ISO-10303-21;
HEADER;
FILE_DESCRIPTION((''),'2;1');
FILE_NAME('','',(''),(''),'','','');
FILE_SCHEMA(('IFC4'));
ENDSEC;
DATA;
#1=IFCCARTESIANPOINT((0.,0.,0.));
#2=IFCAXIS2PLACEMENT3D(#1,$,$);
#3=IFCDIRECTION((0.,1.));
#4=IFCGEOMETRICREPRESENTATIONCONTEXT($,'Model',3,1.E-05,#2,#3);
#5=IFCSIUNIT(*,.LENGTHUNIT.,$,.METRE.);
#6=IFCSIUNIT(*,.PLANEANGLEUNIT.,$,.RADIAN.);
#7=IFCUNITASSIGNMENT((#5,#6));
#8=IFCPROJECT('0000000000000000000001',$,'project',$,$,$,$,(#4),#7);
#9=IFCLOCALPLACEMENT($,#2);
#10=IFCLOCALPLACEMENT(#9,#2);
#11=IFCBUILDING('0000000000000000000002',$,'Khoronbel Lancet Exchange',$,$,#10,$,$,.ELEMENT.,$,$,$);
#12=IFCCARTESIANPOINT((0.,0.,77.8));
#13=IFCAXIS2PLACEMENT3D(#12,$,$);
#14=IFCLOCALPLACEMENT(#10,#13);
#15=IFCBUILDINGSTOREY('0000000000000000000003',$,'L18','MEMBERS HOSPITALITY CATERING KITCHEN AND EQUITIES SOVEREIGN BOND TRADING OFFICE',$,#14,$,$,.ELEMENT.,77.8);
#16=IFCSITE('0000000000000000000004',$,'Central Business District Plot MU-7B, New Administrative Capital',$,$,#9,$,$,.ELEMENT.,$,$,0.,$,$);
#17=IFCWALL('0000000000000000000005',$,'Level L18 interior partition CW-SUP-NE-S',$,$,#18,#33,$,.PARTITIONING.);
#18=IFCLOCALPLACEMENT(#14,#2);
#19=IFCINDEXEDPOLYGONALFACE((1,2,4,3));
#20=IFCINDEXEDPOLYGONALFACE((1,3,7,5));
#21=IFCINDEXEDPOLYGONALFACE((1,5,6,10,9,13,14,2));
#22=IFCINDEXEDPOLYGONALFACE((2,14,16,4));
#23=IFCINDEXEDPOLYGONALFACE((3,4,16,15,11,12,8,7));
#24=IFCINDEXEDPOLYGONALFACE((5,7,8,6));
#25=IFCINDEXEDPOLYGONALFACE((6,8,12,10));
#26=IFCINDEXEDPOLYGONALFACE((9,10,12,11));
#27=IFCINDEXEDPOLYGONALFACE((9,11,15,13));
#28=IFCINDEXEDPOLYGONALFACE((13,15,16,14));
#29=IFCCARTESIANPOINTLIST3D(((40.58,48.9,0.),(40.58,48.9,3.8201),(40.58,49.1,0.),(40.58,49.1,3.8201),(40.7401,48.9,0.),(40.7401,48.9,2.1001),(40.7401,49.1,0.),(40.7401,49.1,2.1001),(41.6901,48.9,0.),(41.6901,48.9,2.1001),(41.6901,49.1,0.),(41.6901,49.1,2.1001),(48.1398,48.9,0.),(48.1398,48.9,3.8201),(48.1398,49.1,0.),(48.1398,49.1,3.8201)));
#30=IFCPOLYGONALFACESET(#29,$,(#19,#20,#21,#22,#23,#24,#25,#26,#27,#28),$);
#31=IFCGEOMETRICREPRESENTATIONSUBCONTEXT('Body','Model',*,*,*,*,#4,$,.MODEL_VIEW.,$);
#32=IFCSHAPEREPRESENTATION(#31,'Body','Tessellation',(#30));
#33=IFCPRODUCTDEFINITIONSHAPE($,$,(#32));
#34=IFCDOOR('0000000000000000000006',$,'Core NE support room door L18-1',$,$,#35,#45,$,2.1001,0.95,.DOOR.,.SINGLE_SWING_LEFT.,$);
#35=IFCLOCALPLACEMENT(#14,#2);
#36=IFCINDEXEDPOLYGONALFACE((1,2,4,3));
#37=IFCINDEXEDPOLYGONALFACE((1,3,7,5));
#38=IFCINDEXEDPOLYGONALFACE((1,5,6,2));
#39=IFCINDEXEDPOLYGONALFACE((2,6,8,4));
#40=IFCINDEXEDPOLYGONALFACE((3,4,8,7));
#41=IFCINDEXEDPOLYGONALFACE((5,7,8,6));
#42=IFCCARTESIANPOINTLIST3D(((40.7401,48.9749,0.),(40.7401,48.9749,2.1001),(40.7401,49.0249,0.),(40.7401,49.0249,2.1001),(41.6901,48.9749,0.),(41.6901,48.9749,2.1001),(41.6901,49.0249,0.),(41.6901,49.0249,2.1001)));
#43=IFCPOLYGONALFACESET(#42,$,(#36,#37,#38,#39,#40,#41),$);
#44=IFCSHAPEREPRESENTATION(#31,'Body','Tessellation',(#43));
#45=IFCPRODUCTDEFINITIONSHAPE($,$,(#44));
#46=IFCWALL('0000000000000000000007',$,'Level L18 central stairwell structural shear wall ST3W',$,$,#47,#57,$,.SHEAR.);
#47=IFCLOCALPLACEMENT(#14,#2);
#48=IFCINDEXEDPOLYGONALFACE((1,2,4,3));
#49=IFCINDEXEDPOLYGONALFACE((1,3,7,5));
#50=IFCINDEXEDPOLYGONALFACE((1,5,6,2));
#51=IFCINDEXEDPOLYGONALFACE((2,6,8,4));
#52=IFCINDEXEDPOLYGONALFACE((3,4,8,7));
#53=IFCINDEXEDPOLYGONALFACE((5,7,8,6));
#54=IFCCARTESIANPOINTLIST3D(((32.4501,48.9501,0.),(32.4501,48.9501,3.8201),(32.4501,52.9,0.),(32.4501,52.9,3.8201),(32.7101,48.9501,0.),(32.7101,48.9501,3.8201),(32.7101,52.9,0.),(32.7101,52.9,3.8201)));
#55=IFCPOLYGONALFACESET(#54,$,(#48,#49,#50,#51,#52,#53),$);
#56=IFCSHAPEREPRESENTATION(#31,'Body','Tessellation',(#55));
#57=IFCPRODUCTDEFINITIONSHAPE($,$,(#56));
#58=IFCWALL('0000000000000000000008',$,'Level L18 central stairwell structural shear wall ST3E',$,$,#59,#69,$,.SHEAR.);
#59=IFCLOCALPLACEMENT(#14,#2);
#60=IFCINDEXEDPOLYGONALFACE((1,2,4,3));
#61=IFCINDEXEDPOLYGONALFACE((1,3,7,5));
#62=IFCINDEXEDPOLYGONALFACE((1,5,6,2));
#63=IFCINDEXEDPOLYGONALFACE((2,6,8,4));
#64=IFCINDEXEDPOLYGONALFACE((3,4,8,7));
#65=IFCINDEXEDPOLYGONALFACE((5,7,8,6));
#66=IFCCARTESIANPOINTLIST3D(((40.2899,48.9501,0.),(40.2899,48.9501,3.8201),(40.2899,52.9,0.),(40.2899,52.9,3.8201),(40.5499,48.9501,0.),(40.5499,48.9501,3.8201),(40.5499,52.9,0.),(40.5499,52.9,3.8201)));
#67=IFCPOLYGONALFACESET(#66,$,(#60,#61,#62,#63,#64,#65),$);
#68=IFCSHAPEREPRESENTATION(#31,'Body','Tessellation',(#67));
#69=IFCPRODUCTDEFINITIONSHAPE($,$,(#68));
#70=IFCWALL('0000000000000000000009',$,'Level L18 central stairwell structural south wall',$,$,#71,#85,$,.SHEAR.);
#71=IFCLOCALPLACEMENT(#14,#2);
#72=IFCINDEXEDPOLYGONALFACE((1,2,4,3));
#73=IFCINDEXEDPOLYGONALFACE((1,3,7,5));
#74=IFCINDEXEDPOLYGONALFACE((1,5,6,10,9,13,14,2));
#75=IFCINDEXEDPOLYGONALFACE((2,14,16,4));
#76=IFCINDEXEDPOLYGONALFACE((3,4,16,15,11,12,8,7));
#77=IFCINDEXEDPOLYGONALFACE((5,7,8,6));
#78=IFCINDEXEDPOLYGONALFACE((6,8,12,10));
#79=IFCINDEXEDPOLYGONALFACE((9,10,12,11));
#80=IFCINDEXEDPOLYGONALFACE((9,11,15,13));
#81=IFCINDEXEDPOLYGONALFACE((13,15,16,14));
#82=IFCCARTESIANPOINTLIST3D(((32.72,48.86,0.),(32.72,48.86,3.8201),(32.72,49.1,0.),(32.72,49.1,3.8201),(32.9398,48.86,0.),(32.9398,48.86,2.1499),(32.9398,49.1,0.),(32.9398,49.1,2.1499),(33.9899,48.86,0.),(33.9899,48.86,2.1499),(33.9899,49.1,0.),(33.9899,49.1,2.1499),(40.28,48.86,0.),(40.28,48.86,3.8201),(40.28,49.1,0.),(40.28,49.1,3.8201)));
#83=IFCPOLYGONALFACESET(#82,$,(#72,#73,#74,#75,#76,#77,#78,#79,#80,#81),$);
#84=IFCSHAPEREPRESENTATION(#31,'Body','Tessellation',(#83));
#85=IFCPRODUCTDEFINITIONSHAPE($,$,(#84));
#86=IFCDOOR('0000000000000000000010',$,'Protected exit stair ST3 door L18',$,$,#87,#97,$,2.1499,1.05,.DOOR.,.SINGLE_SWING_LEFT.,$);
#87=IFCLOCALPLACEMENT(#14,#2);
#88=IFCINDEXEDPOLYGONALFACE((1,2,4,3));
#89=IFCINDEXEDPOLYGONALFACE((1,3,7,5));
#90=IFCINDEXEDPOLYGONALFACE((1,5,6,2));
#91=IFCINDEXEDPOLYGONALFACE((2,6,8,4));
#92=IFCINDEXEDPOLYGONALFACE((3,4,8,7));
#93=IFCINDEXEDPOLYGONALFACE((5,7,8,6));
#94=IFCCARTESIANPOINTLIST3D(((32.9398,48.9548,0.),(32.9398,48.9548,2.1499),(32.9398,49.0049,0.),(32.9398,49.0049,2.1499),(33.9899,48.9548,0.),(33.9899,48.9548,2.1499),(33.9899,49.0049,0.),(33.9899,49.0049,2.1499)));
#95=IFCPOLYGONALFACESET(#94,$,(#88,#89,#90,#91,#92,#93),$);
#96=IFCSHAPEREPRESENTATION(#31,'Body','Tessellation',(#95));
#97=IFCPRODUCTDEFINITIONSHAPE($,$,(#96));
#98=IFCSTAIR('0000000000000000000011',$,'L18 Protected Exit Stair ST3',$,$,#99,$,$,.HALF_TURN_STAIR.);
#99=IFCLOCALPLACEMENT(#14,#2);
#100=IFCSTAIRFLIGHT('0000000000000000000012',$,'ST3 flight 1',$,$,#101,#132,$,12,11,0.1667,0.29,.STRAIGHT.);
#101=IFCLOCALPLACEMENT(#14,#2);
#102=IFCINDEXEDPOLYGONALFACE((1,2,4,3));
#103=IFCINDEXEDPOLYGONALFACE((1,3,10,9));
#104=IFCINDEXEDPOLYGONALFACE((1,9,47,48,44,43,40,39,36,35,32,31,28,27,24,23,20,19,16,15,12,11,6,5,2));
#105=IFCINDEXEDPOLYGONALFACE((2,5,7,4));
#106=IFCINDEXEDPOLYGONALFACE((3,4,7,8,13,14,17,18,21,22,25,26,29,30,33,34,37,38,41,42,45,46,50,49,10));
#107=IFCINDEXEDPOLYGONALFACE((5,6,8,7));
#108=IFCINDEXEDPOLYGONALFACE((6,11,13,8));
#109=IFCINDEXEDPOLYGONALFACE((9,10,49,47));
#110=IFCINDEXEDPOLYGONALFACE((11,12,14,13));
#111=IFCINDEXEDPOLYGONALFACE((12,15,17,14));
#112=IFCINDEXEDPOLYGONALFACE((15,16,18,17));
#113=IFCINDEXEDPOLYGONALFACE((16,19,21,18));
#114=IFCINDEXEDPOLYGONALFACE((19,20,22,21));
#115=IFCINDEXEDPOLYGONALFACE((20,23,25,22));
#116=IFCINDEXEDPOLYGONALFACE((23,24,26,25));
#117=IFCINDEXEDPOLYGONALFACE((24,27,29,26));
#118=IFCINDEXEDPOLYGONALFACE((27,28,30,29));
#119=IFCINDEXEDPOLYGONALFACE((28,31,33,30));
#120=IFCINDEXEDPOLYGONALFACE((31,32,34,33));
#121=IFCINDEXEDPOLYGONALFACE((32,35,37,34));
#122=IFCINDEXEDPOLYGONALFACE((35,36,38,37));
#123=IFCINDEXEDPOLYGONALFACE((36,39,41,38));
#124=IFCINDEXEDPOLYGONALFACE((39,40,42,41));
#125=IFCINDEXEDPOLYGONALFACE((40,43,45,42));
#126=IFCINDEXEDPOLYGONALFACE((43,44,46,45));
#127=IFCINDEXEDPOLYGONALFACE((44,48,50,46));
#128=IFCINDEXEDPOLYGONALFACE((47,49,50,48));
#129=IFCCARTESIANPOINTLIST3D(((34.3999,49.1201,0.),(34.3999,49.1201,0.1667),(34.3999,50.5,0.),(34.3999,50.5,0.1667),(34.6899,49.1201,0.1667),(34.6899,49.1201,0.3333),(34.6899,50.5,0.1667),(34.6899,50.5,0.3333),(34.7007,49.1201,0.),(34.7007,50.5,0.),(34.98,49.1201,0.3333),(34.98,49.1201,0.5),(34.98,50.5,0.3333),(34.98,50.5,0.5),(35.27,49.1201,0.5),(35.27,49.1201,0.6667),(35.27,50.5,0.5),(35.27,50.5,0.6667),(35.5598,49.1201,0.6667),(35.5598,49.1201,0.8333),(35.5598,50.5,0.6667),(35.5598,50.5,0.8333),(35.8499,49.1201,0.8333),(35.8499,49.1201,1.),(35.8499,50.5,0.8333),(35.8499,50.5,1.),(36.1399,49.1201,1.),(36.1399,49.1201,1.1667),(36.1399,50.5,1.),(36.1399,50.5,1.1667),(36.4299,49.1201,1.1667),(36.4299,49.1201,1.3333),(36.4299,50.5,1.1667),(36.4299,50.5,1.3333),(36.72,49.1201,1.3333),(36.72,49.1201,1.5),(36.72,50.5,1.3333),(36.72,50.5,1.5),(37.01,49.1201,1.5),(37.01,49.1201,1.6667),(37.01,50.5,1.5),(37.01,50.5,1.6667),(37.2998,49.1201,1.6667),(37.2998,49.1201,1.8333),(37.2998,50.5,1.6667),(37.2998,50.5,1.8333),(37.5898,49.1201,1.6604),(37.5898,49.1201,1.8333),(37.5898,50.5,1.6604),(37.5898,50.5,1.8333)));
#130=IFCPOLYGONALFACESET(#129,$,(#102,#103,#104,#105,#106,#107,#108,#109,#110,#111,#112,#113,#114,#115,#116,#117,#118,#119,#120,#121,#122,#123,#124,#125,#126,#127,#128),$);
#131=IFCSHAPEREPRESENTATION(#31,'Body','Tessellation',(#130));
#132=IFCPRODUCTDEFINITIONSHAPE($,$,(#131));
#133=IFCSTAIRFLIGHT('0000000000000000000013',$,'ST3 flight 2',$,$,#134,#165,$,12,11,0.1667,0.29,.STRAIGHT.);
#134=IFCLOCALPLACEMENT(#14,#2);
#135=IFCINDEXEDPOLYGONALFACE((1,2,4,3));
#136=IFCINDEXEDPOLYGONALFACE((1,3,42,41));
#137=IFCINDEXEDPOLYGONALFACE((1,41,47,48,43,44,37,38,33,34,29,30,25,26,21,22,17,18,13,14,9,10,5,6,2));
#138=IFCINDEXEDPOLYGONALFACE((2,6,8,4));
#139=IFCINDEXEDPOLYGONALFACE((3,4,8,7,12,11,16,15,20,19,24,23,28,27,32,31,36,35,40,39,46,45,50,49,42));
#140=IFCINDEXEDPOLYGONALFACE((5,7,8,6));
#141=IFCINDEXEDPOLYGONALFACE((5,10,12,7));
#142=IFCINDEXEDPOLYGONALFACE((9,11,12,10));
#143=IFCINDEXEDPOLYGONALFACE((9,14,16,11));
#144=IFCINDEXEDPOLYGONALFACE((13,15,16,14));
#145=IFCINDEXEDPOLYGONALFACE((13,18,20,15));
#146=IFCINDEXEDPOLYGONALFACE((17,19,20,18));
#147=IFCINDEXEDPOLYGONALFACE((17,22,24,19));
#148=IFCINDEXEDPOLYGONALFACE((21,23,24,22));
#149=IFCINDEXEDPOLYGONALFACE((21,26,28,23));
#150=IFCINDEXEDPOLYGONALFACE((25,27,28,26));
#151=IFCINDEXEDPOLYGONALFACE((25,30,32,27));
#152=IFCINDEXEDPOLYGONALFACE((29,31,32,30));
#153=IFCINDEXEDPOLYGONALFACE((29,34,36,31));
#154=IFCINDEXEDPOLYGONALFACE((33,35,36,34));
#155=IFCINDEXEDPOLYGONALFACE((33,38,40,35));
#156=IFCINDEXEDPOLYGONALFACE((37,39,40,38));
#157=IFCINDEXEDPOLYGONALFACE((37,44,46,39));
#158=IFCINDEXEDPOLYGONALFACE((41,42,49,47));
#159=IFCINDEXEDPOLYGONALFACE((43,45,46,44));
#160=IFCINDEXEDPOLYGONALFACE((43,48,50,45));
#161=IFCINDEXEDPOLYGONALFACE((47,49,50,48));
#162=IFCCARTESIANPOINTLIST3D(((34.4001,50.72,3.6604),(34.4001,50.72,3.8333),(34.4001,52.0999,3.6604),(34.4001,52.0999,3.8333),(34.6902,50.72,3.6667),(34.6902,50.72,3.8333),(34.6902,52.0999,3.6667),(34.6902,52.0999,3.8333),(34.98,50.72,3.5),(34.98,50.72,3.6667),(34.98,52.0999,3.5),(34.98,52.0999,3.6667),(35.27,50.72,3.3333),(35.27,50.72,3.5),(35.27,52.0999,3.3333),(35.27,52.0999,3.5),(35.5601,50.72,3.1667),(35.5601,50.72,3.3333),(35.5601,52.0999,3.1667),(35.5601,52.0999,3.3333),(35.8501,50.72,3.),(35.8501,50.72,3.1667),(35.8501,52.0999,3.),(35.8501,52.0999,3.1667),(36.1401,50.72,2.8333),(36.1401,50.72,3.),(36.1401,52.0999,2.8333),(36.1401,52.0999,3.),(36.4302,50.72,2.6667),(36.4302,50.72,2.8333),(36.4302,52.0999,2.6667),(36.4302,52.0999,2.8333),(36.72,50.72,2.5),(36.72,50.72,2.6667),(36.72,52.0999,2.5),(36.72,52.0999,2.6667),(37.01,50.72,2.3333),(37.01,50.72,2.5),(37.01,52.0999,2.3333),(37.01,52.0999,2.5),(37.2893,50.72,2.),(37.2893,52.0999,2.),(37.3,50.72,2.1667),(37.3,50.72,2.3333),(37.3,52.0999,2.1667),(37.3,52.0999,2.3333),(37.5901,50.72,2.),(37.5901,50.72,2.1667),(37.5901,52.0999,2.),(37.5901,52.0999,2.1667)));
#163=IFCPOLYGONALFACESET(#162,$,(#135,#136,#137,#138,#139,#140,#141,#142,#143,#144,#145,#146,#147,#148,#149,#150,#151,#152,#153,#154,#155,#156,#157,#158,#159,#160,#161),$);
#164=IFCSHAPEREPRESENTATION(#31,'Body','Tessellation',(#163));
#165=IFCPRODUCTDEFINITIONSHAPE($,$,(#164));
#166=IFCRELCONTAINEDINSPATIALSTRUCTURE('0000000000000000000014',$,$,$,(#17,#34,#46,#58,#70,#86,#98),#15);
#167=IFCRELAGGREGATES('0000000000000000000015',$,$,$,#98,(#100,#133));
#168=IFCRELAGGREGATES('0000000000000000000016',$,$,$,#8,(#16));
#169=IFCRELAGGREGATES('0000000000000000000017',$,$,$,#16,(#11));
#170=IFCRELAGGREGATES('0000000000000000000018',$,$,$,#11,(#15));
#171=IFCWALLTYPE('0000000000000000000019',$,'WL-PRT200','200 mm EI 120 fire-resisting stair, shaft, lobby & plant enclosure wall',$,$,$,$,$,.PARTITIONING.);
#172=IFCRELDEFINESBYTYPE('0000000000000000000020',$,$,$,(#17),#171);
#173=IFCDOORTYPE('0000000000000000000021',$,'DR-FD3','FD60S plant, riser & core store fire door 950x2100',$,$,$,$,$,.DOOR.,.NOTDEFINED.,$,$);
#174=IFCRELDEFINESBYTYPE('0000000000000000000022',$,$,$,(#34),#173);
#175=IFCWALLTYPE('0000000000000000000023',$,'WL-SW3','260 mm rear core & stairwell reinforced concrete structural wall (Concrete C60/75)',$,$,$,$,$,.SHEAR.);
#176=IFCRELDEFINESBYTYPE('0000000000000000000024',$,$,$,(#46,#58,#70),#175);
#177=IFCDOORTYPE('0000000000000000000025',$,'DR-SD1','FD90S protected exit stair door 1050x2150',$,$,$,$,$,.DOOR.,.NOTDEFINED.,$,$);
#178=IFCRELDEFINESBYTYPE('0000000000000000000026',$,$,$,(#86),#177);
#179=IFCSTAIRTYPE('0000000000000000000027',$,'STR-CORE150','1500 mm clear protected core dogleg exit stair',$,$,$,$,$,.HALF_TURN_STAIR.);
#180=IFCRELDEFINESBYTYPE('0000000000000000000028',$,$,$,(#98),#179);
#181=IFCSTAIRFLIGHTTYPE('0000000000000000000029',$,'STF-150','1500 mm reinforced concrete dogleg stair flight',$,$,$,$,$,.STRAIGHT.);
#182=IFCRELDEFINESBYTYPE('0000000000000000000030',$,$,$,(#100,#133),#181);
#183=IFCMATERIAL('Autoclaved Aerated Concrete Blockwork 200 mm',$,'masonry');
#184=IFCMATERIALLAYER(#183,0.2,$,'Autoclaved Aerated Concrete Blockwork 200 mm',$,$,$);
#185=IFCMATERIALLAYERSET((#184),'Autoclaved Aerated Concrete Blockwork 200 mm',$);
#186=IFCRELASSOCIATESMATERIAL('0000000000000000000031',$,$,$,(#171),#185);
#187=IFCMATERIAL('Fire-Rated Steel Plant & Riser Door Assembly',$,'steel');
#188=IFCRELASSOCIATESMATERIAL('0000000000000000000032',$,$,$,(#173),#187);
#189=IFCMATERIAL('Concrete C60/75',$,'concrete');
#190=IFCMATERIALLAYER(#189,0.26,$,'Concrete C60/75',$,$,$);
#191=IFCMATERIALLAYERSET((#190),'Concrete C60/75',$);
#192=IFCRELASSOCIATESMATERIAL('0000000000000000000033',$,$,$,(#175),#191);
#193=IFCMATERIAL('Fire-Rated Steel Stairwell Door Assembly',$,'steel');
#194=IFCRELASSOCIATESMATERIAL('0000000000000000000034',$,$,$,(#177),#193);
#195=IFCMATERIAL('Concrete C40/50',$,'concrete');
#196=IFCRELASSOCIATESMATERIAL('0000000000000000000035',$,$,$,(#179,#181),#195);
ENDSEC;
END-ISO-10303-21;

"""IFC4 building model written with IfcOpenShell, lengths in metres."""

from ifc_helpers import new_model, si_unit, direction, frame, frame_2d, origin, place, context, subcontext, project, spatial, polyline, rectangle, outline, extrude, material, layer, layer_set, type_object, element, fill, aggregate, save


model = new_model("IFC4")

# Units and contexts
model_context = context("Model", 3, precision=1e-05, world=origin(), true_north=direction((0.0, 1.0)))
body_context = subcontext(model_context, "Body", "Model", "MODEL_VIEW")
ifc_project = project(units=[si_unit("LENGTHUNIT", "METRE"), si_unit("PLANEANGLEUNIT", "RADIAN")], contexts=[model_context])

# Site, building, storey
site_placement = place(None, origin())
site = spatial("IfcSite", under=ifc_project, at=site_placement, Name="Central Business District Plot MU-7B, New Administrative Capital", CompositionType="ELEMENT", RefElevation=0.0)
building_placement = place(site_placement, origin())
building = spatial("IfcBuilding", under=site, at=building_placement, Name="Khoronbel Lancet Exchange", CompositionType="ELEMENT")
storey_placement = place(building_placement, frame((0.0, 0.0, 77.8)))
storey = spatial("IfcBuildingStorey", under=building, at=storey_placement, Name="L18", Description="MEMBERS HOSPITALITY CATERING KITCHEN AND EQUITIES SOVEREIGN BOND TRADING OFFICE", CompositionType="ELEMENT", Elevation=77.8)

# Shared definitions
ifc_material_1 = material(Name="Autoclaved Aerated Concrete Blockwork 200 mm", Category="masonry")
ifc_layer_1 = layer(ifc_material_1, 0.2, Name="Autoclaved Aerated Concrete Blockwork 200 mm")
ifc_layer_set_1 = layer_set([ifc_layer_1], Name="Autoclaved Aerated Concrete Blockwork 200 mm")
wall_type_1 = type_object("IfcWallType", Name="WL-PRT200", Description="200 mm EI 120 fire-resisting stair, shaft, lobby & plant enclosure wall", PredefinedType="PARTITIONING", material=ifc_layer_set_1)

# Wall, opening, door
wall_1_placement = place(storey_placement, frame((40.5801, 49.0, 0.0), z_axis=(0.0, 0.0, 1.0), x_axis=(1.0, 0.0, 0.0)))
wall_1 = element("IfcWall", 1, at=wall_1_placement, inside=storey, type_object=wall_type_1, Name="Level L18 interior partition CW-SUP-NE-S", PredefinedType="PARTITIONING", context=body_context, shape_type="SweptSolid", body=[
    extrude(rectangle(XDim=7.5598, YDim=0.2, at=frame_2d((3.7798, 0.0))), origin(), (0.0, 0.0, 1.0), 3.8201),
])
opening_1_placement = place(wall_1_placement, frame((0.1599, 0.0, 0.0)))
opening_1 = element("IfcOpeningElement", 2, at=opening_1_placement, cuts=wall_1, PredefinedType="OPENING", context=body_context, shape_type="SweptSolid", body=[
    extrude(rectangle(XDim=0.95, YDim=2.1001, at=frame_2d((0.4751, 1.05))), frame((0.0, 0.1099, 0.0), z_axis=(0.0, -1.0, 0.0), x_axis=(1.0, 0.0, 0.0)), (0.0, 0.0, 1.0), 0.22),
])
ifc_material_2 = material(Name="Fire-Rated Steel Plant & Riser Door Assembly", Category="steel")
door_type_1 = type_object("IfcDoorType", Name="DR-FD3", Description="FD60S plant, riser & core store fire door 950x2100", OperationType="NOTDEFINED", PredefinedType="DOOR", material=ifc_material_2)
door_1_placement = place(opening_1_placement, origin())
door_1 = element("IfcDoor", 3, at=door_1_placement, inside=storey, type_object=door_type_1, Name="Core NE support room door L18-1", OperationType="SINGLE_SWING_LEFT", OverallHeight=2.1001, OverallWidth=0.95, PredefinedType="DOOR", context=body_context, shape_type="SweptSolid", body=[
    extrude(rectangle(XDim=0.95, YDim=2.1001, at=frame_2d((0.4751, 1.05))), frame((0.0, 0.0249, 0.0), z_axis=(0.0, -1.0, 0.0), x_axis=(1.0, 0.0, 0.0)), (0.0, 0.0, 1.0), 0.05),
])
fill(opening_1, door_1)

# Walls
ifc_material_3 = material(Name="Concrete C60/75", Category="concrete")
ifc_layer_2 = layer(ifc_material_3, 0.26, Name="Concrete C60/75")
ifc_layer_set_2 = layer_set([ifc_layer_2], Name="Concrete C60/75")
wall_type_2 = type_object("IfcWallType", Name="WL-SW3", Description="260 mm rear core & stairwell reinforced concrete structural wall (Concrete C60/75)", PredefinedType="SHEAR", material=ifc_layer_set_2)
for number, where, z_axis, x_axis, name in (
    (4, (32.5801, 48.95, 0.0), (0.0, 0.0, 1.0), (0.0, 1.0, 0.0), "Level L18 central stairwell structural shear wall ST3W"),
    (5, (40.4199, 48.95, 0.0), (0.0, 0.0, 1.0), (0.0, 1.0, 0.0), "Level L18 central stairwell structural shear wall ST3E"),
):
    element("IfcWall", number, at=place(storey_placement, frame(where, z_axis=z_axis, x_axis=x_axis)), inside=storey, type_object=wall_type_2, Name=name, PredefinedType="SHEAR", context=body_context, shape_type="SweptSolid", body=[
        extrude(rectangle(XDim=3.95, YDim=0.26, at=frame_2d((1.9751, 0.0))), origin(), (0.0, 0.0, 1.0), 3.8201),
    ])

# Wall, opening, door
wall_2_placement = place(storey_placement, frame((32.72, 48.98, 0.0), z_axis=(0.0, 0.0, 1.0), x_axis=(1.0, 0.0, 0.0)))
wall_2 = element("IfcWall", 6, at=wall_2_placement, inside=storey, type_object=wall_type_2, Name="Level L18 central stairwell structural south wall", PredefinedType="SHEAR", context=body_context, shape_type="SweptSolid", body=[
    extrude(rectangle(XDim=7.5601, YDim=0.24, at=frame_2d((3.78, 0.0))), origin(), (0.0, 0.0, 1.0), 3.8201),
])
opening_2_placement = place(wall_2_placement, frame((0.22, 0.0, 0.0)))
opening_2 = element("IfcOpeningElement", 7, at=opening_2_placement, cuts=wall_2, PredefinedType="OPENING", context=body_context, shape_type="SweptSolid", body=[
    extrude(rectangle(XDim=1.05, YDim=2.1499, at=frame_2d((0.5249, 1.075))), frame((0.0, 0.1299, 0.0), z_axis=(0.0, -1.0, 0.0), x_axis=(1.0, 0.0, 0.0)), (0.0, 0.0, 1.0), 0.26),
])
ifc_material_4 = material(Name="Fire-Rated Steel Stairwell Door Assembly", Category="steel")
door_type_2 = type_object("IfcDoorType", Name="DR-SD1", Description="FD90S protected exit stair door 1050x2150", OperationType="NOTDEFINED", PredefinedType="DOOR", material=ifc_material_4)
door_2_placement = place(opening_2_placement, origin())
door_2 = element("IfcDoor", 8, at=door_2_placement, inside=storey, type_object=door_type_2, Name="Protected exit stair ST3 door L18", OperationType="SINGLE_SWING_LEFT", OverallHeight=2.1499, OverallWidth=1.05, PredefinedType="DOOR", context=body_context, shape_type="SweptSolid", body=[
    extrude(rectangle(XDim=1.05, YDim=2.1499, at=frame_2d((0.5249, 1.075))), frame((0.0, 0.0249, 0.0), z_axis=(0.0, -1.0, 0.0), x_axis=(1.0, 0.0, 0.0)), (0.0, 0.0, 1.0), 0.05),
])
fill(opening_2, door_2)

# Stair, stair flights
ifc_material_5 = material(Name="Concrete C40/50", Category="concrete")
stair_type = type_object("IfcStairType", Name="STR-CORE150", Description="1500 mm clear protected core dogleg exit stair", PredefinedType="HALF_TURN_STAIR", material=ifc_material_5)
stair_placement = place(storey_placement, origin())
stair = element("IfcStair", 9, at=stair_placement, inside=storey, type_object=stair_type, Name="L18 Protected Exit Stair ST3", PredefinedType="HALF_TURN_STAIR")
stair_flight_type = type_object("IfcStairFlightType", Name="STF-150", Description="1500 mm reinforced concrete dogleg stair flight", PredefinedType="STRAIGHT", material=ifc_material_5)
stair_flight_1_placement = place(storey_placement, frame((34.3999, 49.8101, 0.0), z_axis=(0.0, 0.0, 1.0), x_axis=(1.0, 0.0, 0.0)))
stair_flight_1 = element("IfcStairFlight", 10, at=stair_flight_1_placement, type_object=stair_flight_type, Name="ST3 flight 1", NumberOfRisers=12, NumberOfTreads=11, PredefinedType="STRAIGHT", RiserHeight=0.1667, TreadLength=0.29, context=body_context, shape_type="SweptSolid", body=[
    extrude(outline(polyline([(0.0, 0.0), (0.0, 0.1667), (0.29, 0.1667), (0.29, 0.3333), (0.5801, 0.3333), (0.5801, 0.5), (0.8701, 0.5), (0.8701, 0.6667), (1.1599, 0.6667), (1.1599, 0.8333), (1.45, 0.8333), (1.45, 1.0), (1.74, 1.0), (1.74, 1.1667), (2.03, 1.1667), (2.03, 1.3333), (2.3201, 1.3333), (2.3201, 1.5), (2.6101, 1.5), (2.6101, 1.6667), (2.8999, 1.6667), (2.8999, 1.8333), (3.1899, 1.8333), (3.1899, 2.0), (3.1899, 1.6604), (0.3008, 0.0), (0.0, 0.0)])), frame((0.0, 0.6899, 0.0), z_axis=(0.0, -1.0, 0.0), x_axis=(1.0, 0.0, 0.0)), (0.0, 0.0, 1.0), 1.3799),
])
stair_flight_2_placement = place(storey_placement, frame((37.5901, 51.4099, 2.0), z_axis=(0.0, 0.0, 1.0), x_axis=(-1.0, 0.0, 0.0)))
stair_flight_2 = element("IfcStairFlight", 11, at=stair_flight_2_placement, type_object=stair_flight_type, Name="ST3 flight 2", NumberOfRisers=12, NumberOfTreads=11, PredefinedType="STRAIGHT", RiserHeight=0.1667, TreadLength=0.29, context=body_context, shape_type="SweptSolid", body=[
    extrude(outline(polyline([(0.0, 0.0), (0.0, 0.1667), (0.29, 0.1667), (0.29, 0.3333), (0.5801, 0.3333), (0.5801, 0.5), (0.8701, 0.5), (0.8701, 0.6667), (1.1599, 0.6667), (1.1599, 0.8333), (1.45, 0.8333), (1.45, 1.0), (1.74, 1.0), (1.74, 1.1667), (2.03, 1.1667), (2.03, 1.3333), (2.3201, 1.3333), (2.3201, 1.5), (2.6101, 1.5), (2.6101, 1.6667), (2.8999, 1.6667), (2.8999, 1.8333), (3.1899, 1.8333), (3.1899, 2.0), (3.1899, 1.6604), (0.3008, 0.0), (0.0, 0.0)])), frame((0.0, 0.6899, 0.0), z_axis=(0.0, -1.0, 0.0), x_axis=(1.0, 0.0, 0.0)), (0.0, 0.0, 1.0), 1.3799),
])
aggregate(stair, [stair_flight_1, stair_flight_2])

save(model, "model.ifc")
